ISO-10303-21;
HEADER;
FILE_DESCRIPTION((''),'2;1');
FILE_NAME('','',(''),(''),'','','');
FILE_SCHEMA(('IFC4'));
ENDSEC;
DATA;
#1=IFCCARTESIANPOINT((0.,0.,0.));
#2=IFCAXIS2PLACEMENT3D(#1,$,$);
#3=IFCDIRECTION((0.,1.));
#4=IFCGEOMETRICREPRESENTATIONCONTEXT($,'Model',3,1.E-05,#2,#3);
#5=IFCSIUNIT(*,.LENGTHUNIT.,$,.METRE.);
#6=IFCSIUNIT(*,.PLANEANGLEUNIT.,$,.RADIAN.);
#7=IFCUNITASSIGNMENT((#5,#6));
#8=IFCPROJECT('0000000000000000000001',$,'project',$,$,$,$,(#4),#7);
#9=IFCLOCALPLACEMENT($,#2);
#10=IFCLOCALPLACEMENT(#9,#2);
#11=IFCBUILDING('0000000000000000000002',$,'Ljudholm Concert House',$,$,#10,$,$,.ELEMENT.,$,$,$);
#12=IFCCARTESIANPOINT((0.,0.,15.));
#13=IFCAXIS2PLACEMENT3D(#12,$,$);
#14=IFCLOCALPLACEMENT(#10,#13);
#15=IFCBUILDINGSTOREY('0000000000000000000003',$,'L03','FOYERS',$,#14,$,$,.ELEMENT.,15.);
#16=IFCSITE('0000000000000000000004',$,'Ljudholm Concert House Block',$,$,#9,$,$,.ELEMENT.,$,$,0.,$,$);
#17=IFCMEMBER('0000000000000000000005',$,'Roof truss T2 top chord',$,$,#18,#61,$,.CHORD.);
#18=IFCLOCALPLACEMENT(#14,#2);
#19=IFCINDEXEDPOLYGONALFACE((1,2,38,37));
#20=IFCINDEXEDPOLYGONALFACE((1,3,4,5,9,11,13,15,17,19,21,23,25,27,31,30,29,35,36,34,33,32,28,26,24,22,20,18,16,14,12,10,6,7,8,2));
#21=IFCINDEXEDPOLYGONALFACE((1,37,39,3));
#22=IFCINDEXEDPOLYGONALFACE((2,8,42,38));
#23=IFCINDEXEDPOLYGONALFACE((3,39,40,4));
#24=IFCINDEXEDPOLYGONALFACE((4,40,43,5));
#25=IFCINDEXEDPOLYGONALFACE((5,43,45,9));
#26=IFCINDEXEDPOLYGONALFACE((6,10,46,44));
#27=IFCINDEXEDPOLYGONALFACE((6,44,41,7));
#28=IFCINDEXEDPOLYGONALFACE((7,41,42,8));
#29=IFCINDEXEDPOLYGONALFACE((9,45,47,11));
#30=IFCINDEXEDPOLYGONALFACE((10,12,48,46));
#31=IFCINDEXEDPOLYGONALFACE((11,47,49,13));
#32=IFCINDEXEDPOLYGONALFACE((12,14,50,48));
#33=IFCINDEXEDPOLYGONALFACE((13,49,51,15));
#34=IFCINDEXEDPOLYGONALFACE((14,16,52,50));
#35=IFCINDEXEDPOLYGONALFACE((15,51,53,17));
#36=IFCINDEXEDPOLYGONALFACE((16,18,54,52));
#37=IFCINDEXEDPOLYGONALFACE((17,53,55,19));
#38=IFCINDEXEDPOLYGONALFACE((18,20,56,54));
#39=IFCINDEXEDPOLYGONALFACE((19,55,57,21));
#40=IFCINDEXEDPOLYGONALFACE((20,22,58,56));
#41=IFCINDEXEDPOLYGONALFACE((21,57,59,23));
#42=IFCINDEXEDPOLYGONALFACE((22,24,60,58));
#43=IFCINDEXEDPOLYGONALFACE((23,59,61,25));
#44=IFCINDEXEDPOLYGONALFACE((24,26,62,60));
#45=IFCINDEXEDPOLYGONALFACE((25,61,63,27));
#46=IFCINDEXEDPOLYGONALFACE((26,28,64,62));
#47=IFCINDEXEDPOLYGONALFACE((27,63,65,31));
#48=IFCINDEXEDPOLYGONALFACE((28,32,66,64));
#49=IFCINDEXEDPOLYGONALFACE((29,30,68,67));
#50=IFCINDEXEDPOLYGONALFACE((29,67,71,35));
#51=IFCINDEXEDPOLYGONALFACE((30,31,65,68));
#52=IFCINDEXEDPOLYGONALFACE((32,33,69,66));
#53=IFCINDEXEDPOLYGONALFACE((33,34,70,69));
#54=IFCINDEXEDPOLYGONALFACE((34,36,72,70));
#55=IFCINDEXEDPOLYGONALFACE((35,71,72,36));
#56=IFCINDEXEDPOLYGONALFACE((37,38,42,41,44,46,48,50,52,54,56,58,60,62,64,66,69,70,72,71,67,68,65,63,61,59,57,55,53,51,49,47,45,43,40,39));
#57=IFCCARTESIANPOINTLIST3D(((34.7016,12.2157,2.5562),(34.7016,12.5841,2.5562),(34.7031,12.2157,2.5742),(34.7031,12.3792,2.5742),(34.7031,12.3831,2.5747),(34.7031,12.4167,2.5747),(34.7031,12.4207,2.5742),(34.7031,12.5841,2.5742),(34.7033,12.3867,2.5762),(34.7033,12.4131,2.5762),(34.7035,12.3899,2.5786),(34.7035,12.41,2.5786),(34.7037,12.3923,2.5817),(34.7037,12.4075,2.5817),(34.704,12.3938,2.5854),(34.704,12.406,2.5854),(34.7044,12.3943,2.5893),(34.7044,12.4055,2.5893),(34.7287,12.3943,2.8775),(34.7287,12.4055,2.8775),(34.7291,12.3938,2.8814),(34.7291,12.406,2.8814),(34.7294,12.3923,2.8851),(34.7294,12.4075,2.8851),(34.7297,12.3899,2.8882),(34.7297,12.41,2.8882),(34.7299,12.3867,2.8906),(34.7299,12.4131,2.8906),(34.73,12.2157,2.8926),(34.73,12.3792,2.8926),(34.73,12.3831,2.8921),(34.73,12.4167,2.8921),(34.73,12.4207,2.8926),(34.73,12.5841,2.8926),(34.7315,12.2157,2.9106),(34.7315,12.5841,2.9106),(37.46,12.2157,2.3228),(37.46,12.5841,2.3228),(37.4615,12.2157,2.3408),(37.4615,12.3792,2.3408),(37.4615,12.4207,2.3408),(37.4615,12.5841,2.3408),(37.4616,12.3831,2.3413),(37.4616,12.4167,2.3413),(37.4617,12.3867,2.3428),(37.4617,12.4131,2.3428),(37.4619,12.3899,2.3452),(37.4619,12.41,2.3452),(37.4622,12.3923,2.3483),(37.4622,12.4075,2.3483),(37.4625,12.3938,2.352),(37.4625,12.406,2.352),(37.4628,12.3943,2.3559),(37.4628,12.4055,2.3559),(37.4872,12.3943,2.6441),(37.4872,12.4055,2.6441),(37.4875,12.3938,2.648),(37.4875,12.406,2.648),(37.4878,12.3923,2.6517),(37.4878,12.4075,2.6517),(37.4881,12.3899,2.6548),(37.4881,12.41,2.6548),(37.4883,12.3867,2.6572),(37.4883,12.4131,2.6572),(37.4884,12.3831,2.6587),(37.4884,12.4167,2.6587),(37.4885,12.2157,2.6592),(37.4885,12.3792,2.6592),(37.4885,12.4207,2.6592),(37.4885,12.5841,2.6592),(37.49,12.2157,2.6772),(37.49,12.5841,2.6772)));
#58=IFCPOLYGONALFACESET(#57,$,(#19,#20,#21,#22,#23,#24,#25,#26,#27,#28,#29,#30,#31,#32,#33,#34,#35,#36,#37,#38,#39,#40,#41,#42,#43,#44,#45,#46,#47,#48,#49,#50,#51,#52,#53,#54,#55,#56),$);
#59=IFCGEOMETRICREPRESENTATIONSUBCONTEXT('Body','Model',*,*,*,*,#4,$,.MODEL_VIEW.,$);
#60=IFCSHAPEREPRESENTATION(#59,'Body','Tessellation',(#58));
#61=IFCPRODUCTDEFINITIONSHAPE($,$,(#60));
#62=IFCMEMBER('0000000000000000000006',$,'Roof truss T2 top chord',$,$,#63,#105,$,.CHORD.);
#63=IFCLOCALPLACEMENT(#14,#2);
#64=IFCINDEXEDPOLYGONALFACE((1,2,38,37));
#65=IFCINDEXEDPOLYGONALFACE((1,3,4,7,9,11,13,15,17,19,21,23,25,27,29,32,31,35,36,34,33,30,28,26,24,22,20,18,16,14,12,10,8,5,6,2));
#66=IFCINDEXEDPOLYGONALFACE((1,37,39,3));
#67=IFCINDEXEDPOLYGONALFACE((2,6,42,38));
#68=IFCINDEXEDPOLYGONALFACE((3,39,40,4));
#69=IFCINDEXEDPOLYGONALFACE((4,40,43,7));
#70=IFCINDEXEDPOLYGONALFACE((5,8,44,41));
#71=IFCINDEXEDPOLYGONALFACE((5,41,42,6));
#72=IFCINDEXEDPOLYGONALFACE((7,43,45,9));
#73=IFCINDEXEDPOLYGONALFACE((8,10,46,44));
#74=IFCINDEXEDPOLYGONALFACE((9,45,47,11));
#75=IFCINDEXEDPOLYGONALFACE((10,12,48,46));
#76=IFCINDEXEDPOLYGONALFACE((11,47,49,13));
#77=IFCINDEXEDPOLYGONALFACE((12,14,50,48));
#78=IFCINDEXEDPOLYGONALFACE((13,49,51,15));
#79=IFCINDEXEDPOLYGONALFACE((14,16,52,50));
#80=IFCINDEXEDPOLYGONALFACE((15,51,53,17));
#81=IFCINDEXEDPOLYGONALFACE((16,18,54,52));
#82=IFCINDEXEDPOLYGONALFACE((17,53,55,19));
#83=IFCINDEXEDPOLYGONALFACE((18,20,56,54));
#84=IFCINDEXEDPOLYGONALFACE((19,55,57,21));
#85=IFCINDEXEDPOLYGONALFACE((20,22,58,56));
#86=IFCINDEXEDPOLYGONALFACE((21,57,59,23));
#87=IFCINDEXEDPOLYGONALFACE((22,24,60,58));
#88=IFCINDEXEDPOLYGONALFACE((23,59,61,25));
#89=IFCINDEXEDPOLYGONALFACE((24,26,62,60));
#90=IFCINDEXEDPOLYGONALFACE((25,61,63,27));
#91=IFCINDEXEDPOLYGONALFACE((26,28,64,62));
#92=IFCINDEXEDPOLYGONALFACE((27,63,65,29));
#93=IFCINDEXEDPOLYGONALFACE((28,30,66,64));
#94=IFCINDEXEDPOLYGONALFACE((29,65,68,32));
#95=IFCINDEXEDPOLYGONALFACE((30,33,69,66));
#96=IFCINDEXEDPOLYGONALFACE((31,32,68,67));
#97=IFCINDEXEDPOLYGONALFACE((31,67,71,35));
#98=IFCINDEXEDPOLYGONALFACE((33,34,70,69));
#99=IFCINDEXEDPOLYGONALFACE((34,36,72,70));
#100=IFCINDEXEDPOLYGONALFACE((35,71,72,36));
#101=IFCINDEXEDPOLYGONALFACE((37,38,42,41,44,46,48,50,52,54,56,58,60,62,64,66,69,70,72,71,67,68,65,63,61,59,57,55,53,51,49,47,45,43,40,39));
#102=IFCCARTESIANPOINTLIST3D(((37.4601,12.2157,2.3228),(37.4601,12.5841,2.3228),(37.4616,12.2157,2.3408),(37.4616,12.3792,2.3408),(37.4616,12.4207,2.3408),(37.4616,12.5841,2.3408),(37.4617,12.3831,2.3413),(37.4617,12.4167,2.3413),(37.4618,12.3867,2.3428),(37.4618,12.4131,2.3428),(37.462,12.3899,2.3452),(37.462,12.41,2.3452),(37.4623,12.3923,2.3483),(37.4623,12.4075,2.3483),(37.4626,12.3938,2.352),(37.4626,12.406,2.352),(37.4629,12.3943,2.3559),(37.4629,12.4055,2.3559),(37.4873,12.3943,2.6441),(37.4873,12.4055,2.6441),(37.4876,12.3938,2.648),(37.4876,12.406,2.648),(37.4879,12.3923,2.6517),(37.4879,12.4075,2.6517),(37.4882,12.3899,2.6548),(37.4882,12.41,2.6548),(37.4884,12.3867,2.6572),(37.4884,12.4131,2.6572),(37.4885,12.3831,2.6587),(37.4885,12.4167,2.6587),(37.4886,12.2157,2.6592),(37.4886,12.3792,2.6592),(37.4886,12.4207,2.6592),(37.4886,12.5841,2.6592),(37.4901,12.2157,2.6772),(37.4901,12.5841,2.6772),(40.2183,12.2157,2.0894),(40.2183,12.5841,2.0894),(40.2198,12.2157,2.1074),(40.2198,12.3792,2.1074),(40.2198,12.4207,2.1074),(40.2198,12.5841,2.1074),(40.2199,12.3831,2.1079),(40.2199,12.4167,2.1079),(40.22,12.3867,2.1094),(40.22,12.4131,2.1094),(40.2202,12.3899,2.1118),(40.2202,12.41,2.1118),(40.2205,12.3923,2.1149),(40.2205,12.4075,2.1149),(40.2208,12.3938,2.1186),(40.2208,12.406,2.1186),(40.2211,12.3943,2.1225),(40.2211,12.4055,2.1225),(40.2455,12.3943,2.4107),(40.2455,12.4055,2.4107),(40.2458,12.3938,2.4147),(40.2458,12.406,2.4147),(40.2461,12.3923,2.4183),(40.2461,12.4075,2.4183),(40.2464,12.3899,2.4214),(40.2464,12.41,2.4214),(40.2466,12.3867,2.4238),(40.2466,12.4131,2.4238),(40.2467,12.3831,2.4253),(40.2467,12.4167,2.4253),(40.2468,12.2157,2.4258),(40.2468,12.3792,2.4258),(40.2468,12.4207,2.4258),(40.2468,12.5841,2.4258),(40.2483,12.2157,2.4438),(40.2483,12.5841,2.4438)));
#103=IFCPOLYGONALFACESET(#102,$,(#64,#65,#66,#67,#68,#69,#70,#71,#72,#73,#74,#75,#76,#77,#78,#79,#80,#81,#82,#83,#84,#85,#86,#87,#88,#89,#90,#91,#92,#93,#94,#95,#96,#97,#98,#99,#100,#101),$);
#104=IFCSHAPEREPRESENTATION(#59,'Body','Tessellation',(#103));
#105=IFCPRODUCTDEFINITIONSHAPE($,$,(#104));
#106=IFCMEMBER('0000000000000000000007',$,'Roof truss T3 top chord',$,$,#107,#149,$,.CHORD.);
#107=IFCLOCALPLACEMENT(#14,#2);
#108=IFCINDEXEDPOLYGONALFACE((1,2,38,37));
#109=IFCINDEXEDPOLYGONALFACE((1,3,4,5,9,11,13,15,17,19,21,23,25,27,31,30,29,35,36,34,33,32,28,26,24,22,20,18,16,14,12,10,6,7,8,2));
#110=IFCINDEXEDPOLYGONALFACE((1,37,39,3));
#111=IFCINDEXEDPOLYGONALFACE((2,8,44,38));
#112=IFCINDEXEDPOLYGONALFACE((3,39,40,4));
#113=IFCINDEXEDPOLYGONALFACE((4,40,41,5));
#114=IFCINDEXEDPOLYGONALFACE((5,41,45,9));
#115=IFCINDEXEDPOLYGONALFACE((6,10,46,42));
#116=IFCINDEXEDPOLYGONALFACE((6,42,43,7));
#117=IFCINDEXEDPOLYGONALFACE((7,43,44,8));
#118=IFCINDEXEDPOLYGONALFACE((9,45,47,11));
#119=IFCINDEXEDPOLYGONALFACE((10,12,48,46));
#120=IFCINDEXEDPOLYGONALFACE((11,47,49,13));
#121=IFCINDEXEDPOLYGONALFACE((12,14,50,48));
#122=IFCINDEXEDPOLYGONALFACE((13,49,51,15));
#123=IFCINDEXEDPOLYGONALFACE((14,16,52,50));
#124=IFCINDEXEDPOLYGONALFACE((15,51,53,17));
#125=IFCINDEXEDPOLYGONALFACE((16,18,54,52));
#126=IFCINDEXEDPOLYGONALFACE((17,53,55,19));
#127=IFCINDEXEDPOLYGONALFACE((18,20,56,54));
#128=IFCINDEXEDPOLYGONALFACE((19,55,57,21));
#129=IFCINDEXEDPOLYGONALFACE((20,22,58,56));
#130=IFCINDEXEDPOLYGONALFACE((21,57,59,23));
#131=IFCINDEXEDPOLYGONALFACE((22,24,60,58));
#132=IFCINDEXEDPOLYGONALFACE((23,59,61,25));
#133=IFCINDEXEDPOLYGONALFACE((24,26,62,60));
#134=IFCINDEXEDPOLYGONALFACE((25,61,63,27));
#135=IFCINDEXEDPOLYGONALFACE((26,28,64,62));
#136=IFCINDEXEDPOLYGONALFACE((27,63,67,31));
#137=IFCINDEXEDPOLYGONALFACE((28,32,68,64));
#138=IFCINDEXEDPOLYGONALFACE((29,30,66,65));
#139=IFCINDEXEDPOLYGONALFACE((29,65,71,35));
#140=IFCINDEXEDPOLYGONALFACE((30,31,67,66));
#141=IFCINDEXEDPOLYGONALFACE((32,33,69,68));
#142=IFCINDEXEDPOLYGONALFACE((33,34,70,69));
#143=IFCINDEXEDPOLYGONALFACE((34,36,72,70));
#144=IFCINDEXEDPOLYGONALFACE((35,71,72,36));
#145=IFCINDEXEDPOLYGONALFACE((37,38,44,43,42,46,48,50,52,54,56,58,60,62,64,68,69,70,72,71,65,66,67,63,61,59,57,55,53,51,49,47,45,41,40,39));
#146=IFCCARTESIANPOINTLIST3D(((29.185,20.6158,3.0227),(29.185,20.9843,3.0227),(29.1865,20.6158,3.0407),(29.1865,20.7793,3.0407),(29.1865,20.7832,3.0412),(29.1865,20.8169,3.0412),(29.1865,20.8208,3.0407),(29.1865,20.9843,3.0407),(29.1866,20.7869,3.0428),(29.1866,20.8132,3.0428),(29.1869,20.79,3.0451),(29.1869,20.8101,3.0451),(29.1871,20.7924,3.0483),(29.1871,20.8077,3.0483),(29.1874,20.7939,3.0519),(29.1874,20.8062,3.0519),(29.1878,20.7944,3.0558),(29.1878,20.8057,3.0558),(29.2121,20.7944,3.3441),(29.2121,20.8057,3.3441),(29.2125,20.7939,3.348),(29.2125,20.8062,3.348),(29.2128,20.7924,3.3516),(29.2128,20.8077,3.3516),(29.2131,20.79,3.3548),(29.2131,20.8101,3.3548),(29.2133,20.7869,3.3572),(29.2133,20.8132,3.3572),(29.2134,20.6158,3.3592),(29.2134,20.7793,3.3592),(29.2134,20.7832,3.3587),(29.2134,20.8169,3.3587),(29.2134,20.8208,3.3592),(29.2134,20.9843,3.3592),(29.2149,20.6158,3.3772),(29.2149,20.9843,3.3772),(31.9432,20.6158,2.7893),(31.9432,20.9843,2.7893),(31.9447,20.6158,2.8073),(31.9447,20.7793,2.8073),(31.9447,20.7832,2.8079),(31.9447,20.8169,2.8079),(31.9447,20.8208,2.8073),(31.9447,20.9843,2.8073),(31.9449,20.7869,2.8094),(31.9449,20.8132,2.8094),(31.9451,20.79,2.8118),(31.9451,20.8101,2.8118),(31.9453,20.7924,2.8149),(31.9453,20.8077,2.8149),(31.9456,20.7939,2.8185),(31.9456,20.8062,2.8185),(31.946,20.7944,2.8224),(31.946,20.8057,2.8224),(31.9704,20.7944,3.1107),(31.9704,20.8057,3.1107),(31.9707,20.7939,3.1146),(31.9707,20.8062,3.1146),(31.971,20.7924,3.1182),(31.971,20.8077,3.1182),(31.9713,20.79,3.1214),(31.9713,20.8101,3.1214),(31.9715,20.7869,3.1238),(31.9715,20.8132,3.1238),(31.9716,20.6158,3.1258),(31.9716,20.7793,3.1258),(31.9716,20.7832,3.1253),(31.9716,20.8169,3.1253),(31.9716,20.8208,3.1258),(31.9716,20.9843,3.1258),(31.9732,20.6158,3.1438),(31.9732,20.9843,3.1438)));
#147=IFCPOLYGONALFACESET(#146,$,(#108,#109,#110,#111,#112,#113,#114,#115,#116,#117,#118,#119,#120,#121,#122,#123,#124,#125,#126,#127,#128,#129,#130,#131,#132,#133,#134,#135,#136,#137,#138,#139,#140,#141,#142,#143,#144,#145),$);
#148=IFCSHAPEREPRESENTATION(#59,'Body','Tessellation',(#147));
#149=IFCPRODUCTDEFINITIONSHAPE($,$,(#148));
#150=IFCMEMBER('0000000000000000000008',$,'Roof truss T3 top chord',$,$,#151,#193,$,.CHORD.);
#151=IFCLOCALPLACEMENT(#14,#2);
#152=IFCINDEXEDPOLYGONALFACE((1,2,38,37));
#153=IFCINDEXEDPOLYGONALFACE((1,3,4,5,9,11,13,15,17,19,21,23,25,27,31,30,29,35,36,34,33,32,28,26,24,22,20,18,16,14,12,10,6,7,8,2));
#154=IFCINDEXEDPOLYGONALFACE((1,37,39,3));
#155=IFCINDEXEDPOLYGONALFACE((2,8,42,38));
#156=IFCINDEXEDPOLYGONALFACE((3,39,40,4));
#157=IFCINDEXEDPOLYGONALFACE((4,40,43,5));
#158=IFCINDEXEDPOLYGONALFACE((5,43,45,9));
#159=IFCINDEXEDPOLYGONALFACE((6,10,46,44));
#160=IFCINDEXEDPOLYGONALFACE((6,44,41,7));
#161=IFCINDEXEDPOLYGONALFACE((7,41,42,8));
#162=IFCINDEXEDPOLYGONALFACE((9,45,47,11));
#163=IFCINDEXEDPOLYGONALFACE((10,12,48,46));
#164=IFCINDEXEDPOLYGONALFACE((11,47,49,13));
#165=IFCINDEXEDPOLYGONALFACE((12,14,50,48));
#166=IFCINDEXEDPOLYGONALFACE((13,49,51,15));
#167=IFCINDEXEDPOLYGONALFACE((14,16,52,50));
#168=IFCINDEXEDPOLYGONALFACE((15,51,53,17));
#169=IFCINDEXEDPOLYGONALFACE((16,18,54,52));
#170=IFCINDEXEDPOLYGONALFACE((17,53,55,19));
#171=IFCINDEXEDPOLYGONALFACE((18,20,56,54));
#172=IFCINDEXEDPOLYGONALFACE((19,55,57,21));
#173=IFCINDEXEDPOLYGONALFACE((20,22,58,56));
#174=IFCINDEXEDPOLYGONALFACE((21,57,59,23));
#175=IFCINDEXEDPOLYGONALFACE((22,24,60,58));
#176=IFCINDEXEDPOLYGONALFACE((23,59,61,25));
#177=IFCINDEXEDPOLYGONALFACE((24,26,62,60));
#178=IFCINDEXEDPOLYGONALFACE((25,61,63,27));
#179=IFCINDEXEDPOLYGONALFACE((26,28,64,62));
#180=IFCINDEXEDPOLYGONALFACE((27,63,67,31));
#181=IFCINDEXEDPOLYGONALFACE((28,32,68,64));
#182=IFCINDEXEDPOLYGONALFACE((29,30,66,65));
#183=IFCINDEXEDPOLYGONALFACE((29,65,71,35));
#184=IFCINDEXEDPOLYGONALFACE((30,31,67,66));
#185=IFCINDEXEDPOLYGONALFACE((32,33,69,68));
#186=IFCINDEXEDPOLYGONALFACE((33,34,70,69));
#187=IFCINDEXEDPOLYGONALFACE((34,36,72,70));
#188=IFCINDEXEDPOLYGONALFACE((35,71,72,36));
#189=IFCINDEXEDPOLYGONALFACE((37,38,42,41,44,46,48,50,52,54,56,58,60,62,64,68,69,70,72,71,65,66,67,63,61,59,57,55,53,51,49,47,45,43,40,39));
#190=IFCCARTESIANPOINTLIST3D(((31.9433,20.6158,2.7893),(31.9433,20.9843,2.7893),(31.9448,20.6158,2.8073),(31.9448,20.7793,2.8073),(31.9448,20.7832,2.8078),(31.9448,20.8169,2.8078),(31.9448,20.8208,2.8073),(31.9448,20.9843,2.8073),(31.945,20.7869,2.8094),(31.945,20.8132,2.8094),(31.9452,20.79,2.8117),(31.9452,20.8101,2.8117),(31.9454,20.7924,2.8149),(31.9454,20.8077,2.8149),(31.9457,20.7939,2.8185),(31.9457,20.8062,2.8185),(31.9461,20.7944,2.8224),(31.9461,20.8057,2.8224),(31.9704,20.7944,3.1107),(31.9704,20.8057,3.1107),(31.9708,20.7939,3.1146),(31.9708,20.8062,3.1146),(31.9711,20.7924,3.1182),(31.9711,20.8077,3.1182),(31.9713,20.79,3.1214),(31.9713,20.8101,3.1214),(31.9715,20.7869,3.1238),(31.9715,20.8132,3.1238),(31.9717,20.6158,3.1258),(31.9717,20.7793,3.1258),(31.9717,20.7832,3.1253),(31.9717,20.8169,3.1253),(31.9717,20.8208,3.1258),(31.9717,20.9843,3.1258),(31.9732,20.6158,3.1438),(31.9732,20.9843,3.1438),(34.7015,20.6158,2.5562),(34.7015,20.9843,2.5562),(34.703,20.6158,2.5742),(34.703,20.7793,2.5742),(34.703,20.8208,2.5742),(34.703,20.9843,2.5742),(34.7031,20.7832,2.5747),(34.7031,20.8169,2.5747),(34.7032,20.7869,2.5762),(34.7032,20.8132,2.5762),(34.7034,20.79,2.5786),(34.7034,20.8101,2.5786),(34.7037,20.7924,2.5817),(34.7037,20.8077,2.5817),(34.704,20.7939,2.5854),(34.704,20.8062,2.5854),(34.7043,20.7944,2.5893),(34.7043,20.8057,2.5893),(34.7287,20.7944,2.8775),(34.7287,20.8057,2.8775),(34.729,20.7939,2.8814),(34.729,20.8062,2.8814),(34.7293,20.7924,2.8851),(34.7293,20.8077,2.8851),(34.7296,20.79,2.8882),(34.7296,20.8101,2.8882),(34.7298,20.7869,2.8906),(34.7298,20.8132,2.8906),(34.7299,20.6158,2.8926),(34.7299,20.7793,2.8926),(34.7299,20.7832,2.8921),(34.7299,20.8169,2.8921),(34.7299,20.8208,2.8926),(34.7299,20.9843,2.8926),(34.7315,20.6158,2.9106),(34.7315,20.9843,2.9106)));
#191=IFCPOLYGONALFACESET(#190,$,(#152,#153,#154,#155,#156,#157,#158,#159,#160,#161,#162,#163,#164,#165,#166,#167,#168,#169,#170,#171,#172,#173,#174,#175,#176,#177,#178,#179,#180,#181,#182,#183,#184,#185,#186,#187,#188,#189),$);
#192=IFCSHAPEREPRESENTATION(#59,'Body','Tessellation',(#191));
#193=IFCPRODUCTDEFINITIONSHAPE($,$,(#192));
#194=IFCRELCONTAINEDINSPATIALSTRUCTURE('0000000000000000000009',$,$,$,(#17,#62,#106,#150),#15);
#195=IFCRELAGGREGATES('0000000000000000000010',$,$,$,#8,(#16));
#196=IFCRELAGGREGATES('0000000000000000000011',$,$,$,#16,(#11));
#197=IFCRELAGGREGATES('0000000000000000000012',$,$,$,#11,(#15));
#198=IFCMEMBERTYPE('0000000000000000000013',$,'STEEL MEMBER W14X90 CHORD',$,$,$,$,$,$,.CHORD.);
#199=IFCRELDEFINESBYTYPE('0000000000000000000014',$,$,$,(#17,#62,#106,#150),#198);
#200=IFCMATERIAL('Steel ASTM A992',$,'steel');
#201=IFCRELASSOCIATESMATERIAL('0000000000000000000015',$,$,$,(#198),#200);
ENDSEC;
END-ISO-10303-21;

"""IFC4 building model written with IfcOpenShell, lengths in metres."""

from ifc_helpers import new_model, si_unit, direction, frame, origin, origin_2d, place, context, subcontext, project, spatial, i_section, extrude, material, material_profile, profile_set, type_object, element, save


model = new_model("IFC4")

# Units and contexts
model_context = context("Model", 3, precision=1e-05, world=origin(), true_north=direction((0.0, 1.0)))
body_context = subcontext(model_context, "Body", "Model", "MODEL_VIEW")
ifc_project = project(units=[si_unit("LENGTHUNIT", "METRE"), si_unit("PLANEANGLEUNIT", "RADIAN")], contexts=[model_context])

# Site, building, storey
site_placement = place(None, origin())
site = spatial("IfcSite", under=ifc_project, at=site_placement, Name="Ljudholm Concert House Block", CompositionType="ELEMENT", RefElevation=0.0)
building_placement = place(site_placement, origin())
building = spatial("IfcBuilding", under=site, at=building_placement, Name="Ljudholm Concert House", CompositionType="ELEMENT")
storey_placement = place(building_placement, frame((0.0, 0.0, 15.0)))
storey = spatial("IfcBuildingStorey", under=building, at=storey_placement, Name="L03", Description="FOYERS", CompositionType="ELEMENT", Elevation=15.0)

# Members
ifc_material_1 = material(Name="Steel ASTM A992", Category="steel")
ifc_material_profile_1 = material_profile(ifc_material_1, i_section(OverallWidth=0.3684, OverallDepth=0.3557, WebThickness=0.0112, FlangeThickness=0.0181, FilletRadius=0.0151, at=origin_2d()), Name="W14X90")
ifc_profile_set_1 = profile_set([ifc_material_profile_1], Name="Steel ASTM A992")
member_type_1 = type_object("IfcMemberType", Name="STEEL MEMBER W14X90 CHORD", PredefinedType="CHORD", material=ifc_profile_set_1)
member_1_placement = place(storey_placement, frame((34.7166, 12.3999, 2.7334), z_axis=(0.99644, 0.0, -0.084308), x_axis=(0.0, 1.0, 0.0)))
element("IfcMember", 1, at=member_1_placement, inside=storey, type_object=member_type_1, Name="Roof truss T2 top chord", PredefinedType="CHORD", context=body_context, shape_type="SweptSolid", body=[
    extrude(i_section(OverallWidth=0.3684, OverallDepth=0.3557, WebThickness=0.0112, FlangeThickness=0.0181, FilletRadius=0.0151, at=origin_2d()), origin(), (0.0, 0.0, 1.0), 2.7683),
])
for number, where, z_axis, x_axis, name in (
    (2, (37.4751, 12.3999, 2.5), (0.996439, 0.0, -0.084315), (0.0, 1.0, 0.0), "Roof truss T2 top chord"),
    (3, (29.2, 20.8, 3.2), (0.996439, 0.0, -0.084315), (0.0, 1.0, 0.0), "Roof truss T3 top chord"),
    (4, (31.9583, 20.8, 2.9666), (0.996447, 0.0, -0.084228), (0.0, 1.0, 0.0), "Roof truss T3 top chord"),
):
    element("IfcMember", number, at=place(storey_placement, frame(where, z_axis=z_axis, x_axis=x_axis)), inside=storey, type_object=member_type_1, Name=name, PredefinedType="CHORD", context=body_context, shape_type="SweptSolid", body=[
        extrude(i_section(OverallWidth=0.3684, OverallDepth=0.3557, WebThickness=0.0112, FlangeThickness=0.0181, FilletRadius=0.0151, at=origin_2d()), origin(), (0.0, 0.0, 1.0), 2.7681),
    ])

save(model, "model.ifc")
